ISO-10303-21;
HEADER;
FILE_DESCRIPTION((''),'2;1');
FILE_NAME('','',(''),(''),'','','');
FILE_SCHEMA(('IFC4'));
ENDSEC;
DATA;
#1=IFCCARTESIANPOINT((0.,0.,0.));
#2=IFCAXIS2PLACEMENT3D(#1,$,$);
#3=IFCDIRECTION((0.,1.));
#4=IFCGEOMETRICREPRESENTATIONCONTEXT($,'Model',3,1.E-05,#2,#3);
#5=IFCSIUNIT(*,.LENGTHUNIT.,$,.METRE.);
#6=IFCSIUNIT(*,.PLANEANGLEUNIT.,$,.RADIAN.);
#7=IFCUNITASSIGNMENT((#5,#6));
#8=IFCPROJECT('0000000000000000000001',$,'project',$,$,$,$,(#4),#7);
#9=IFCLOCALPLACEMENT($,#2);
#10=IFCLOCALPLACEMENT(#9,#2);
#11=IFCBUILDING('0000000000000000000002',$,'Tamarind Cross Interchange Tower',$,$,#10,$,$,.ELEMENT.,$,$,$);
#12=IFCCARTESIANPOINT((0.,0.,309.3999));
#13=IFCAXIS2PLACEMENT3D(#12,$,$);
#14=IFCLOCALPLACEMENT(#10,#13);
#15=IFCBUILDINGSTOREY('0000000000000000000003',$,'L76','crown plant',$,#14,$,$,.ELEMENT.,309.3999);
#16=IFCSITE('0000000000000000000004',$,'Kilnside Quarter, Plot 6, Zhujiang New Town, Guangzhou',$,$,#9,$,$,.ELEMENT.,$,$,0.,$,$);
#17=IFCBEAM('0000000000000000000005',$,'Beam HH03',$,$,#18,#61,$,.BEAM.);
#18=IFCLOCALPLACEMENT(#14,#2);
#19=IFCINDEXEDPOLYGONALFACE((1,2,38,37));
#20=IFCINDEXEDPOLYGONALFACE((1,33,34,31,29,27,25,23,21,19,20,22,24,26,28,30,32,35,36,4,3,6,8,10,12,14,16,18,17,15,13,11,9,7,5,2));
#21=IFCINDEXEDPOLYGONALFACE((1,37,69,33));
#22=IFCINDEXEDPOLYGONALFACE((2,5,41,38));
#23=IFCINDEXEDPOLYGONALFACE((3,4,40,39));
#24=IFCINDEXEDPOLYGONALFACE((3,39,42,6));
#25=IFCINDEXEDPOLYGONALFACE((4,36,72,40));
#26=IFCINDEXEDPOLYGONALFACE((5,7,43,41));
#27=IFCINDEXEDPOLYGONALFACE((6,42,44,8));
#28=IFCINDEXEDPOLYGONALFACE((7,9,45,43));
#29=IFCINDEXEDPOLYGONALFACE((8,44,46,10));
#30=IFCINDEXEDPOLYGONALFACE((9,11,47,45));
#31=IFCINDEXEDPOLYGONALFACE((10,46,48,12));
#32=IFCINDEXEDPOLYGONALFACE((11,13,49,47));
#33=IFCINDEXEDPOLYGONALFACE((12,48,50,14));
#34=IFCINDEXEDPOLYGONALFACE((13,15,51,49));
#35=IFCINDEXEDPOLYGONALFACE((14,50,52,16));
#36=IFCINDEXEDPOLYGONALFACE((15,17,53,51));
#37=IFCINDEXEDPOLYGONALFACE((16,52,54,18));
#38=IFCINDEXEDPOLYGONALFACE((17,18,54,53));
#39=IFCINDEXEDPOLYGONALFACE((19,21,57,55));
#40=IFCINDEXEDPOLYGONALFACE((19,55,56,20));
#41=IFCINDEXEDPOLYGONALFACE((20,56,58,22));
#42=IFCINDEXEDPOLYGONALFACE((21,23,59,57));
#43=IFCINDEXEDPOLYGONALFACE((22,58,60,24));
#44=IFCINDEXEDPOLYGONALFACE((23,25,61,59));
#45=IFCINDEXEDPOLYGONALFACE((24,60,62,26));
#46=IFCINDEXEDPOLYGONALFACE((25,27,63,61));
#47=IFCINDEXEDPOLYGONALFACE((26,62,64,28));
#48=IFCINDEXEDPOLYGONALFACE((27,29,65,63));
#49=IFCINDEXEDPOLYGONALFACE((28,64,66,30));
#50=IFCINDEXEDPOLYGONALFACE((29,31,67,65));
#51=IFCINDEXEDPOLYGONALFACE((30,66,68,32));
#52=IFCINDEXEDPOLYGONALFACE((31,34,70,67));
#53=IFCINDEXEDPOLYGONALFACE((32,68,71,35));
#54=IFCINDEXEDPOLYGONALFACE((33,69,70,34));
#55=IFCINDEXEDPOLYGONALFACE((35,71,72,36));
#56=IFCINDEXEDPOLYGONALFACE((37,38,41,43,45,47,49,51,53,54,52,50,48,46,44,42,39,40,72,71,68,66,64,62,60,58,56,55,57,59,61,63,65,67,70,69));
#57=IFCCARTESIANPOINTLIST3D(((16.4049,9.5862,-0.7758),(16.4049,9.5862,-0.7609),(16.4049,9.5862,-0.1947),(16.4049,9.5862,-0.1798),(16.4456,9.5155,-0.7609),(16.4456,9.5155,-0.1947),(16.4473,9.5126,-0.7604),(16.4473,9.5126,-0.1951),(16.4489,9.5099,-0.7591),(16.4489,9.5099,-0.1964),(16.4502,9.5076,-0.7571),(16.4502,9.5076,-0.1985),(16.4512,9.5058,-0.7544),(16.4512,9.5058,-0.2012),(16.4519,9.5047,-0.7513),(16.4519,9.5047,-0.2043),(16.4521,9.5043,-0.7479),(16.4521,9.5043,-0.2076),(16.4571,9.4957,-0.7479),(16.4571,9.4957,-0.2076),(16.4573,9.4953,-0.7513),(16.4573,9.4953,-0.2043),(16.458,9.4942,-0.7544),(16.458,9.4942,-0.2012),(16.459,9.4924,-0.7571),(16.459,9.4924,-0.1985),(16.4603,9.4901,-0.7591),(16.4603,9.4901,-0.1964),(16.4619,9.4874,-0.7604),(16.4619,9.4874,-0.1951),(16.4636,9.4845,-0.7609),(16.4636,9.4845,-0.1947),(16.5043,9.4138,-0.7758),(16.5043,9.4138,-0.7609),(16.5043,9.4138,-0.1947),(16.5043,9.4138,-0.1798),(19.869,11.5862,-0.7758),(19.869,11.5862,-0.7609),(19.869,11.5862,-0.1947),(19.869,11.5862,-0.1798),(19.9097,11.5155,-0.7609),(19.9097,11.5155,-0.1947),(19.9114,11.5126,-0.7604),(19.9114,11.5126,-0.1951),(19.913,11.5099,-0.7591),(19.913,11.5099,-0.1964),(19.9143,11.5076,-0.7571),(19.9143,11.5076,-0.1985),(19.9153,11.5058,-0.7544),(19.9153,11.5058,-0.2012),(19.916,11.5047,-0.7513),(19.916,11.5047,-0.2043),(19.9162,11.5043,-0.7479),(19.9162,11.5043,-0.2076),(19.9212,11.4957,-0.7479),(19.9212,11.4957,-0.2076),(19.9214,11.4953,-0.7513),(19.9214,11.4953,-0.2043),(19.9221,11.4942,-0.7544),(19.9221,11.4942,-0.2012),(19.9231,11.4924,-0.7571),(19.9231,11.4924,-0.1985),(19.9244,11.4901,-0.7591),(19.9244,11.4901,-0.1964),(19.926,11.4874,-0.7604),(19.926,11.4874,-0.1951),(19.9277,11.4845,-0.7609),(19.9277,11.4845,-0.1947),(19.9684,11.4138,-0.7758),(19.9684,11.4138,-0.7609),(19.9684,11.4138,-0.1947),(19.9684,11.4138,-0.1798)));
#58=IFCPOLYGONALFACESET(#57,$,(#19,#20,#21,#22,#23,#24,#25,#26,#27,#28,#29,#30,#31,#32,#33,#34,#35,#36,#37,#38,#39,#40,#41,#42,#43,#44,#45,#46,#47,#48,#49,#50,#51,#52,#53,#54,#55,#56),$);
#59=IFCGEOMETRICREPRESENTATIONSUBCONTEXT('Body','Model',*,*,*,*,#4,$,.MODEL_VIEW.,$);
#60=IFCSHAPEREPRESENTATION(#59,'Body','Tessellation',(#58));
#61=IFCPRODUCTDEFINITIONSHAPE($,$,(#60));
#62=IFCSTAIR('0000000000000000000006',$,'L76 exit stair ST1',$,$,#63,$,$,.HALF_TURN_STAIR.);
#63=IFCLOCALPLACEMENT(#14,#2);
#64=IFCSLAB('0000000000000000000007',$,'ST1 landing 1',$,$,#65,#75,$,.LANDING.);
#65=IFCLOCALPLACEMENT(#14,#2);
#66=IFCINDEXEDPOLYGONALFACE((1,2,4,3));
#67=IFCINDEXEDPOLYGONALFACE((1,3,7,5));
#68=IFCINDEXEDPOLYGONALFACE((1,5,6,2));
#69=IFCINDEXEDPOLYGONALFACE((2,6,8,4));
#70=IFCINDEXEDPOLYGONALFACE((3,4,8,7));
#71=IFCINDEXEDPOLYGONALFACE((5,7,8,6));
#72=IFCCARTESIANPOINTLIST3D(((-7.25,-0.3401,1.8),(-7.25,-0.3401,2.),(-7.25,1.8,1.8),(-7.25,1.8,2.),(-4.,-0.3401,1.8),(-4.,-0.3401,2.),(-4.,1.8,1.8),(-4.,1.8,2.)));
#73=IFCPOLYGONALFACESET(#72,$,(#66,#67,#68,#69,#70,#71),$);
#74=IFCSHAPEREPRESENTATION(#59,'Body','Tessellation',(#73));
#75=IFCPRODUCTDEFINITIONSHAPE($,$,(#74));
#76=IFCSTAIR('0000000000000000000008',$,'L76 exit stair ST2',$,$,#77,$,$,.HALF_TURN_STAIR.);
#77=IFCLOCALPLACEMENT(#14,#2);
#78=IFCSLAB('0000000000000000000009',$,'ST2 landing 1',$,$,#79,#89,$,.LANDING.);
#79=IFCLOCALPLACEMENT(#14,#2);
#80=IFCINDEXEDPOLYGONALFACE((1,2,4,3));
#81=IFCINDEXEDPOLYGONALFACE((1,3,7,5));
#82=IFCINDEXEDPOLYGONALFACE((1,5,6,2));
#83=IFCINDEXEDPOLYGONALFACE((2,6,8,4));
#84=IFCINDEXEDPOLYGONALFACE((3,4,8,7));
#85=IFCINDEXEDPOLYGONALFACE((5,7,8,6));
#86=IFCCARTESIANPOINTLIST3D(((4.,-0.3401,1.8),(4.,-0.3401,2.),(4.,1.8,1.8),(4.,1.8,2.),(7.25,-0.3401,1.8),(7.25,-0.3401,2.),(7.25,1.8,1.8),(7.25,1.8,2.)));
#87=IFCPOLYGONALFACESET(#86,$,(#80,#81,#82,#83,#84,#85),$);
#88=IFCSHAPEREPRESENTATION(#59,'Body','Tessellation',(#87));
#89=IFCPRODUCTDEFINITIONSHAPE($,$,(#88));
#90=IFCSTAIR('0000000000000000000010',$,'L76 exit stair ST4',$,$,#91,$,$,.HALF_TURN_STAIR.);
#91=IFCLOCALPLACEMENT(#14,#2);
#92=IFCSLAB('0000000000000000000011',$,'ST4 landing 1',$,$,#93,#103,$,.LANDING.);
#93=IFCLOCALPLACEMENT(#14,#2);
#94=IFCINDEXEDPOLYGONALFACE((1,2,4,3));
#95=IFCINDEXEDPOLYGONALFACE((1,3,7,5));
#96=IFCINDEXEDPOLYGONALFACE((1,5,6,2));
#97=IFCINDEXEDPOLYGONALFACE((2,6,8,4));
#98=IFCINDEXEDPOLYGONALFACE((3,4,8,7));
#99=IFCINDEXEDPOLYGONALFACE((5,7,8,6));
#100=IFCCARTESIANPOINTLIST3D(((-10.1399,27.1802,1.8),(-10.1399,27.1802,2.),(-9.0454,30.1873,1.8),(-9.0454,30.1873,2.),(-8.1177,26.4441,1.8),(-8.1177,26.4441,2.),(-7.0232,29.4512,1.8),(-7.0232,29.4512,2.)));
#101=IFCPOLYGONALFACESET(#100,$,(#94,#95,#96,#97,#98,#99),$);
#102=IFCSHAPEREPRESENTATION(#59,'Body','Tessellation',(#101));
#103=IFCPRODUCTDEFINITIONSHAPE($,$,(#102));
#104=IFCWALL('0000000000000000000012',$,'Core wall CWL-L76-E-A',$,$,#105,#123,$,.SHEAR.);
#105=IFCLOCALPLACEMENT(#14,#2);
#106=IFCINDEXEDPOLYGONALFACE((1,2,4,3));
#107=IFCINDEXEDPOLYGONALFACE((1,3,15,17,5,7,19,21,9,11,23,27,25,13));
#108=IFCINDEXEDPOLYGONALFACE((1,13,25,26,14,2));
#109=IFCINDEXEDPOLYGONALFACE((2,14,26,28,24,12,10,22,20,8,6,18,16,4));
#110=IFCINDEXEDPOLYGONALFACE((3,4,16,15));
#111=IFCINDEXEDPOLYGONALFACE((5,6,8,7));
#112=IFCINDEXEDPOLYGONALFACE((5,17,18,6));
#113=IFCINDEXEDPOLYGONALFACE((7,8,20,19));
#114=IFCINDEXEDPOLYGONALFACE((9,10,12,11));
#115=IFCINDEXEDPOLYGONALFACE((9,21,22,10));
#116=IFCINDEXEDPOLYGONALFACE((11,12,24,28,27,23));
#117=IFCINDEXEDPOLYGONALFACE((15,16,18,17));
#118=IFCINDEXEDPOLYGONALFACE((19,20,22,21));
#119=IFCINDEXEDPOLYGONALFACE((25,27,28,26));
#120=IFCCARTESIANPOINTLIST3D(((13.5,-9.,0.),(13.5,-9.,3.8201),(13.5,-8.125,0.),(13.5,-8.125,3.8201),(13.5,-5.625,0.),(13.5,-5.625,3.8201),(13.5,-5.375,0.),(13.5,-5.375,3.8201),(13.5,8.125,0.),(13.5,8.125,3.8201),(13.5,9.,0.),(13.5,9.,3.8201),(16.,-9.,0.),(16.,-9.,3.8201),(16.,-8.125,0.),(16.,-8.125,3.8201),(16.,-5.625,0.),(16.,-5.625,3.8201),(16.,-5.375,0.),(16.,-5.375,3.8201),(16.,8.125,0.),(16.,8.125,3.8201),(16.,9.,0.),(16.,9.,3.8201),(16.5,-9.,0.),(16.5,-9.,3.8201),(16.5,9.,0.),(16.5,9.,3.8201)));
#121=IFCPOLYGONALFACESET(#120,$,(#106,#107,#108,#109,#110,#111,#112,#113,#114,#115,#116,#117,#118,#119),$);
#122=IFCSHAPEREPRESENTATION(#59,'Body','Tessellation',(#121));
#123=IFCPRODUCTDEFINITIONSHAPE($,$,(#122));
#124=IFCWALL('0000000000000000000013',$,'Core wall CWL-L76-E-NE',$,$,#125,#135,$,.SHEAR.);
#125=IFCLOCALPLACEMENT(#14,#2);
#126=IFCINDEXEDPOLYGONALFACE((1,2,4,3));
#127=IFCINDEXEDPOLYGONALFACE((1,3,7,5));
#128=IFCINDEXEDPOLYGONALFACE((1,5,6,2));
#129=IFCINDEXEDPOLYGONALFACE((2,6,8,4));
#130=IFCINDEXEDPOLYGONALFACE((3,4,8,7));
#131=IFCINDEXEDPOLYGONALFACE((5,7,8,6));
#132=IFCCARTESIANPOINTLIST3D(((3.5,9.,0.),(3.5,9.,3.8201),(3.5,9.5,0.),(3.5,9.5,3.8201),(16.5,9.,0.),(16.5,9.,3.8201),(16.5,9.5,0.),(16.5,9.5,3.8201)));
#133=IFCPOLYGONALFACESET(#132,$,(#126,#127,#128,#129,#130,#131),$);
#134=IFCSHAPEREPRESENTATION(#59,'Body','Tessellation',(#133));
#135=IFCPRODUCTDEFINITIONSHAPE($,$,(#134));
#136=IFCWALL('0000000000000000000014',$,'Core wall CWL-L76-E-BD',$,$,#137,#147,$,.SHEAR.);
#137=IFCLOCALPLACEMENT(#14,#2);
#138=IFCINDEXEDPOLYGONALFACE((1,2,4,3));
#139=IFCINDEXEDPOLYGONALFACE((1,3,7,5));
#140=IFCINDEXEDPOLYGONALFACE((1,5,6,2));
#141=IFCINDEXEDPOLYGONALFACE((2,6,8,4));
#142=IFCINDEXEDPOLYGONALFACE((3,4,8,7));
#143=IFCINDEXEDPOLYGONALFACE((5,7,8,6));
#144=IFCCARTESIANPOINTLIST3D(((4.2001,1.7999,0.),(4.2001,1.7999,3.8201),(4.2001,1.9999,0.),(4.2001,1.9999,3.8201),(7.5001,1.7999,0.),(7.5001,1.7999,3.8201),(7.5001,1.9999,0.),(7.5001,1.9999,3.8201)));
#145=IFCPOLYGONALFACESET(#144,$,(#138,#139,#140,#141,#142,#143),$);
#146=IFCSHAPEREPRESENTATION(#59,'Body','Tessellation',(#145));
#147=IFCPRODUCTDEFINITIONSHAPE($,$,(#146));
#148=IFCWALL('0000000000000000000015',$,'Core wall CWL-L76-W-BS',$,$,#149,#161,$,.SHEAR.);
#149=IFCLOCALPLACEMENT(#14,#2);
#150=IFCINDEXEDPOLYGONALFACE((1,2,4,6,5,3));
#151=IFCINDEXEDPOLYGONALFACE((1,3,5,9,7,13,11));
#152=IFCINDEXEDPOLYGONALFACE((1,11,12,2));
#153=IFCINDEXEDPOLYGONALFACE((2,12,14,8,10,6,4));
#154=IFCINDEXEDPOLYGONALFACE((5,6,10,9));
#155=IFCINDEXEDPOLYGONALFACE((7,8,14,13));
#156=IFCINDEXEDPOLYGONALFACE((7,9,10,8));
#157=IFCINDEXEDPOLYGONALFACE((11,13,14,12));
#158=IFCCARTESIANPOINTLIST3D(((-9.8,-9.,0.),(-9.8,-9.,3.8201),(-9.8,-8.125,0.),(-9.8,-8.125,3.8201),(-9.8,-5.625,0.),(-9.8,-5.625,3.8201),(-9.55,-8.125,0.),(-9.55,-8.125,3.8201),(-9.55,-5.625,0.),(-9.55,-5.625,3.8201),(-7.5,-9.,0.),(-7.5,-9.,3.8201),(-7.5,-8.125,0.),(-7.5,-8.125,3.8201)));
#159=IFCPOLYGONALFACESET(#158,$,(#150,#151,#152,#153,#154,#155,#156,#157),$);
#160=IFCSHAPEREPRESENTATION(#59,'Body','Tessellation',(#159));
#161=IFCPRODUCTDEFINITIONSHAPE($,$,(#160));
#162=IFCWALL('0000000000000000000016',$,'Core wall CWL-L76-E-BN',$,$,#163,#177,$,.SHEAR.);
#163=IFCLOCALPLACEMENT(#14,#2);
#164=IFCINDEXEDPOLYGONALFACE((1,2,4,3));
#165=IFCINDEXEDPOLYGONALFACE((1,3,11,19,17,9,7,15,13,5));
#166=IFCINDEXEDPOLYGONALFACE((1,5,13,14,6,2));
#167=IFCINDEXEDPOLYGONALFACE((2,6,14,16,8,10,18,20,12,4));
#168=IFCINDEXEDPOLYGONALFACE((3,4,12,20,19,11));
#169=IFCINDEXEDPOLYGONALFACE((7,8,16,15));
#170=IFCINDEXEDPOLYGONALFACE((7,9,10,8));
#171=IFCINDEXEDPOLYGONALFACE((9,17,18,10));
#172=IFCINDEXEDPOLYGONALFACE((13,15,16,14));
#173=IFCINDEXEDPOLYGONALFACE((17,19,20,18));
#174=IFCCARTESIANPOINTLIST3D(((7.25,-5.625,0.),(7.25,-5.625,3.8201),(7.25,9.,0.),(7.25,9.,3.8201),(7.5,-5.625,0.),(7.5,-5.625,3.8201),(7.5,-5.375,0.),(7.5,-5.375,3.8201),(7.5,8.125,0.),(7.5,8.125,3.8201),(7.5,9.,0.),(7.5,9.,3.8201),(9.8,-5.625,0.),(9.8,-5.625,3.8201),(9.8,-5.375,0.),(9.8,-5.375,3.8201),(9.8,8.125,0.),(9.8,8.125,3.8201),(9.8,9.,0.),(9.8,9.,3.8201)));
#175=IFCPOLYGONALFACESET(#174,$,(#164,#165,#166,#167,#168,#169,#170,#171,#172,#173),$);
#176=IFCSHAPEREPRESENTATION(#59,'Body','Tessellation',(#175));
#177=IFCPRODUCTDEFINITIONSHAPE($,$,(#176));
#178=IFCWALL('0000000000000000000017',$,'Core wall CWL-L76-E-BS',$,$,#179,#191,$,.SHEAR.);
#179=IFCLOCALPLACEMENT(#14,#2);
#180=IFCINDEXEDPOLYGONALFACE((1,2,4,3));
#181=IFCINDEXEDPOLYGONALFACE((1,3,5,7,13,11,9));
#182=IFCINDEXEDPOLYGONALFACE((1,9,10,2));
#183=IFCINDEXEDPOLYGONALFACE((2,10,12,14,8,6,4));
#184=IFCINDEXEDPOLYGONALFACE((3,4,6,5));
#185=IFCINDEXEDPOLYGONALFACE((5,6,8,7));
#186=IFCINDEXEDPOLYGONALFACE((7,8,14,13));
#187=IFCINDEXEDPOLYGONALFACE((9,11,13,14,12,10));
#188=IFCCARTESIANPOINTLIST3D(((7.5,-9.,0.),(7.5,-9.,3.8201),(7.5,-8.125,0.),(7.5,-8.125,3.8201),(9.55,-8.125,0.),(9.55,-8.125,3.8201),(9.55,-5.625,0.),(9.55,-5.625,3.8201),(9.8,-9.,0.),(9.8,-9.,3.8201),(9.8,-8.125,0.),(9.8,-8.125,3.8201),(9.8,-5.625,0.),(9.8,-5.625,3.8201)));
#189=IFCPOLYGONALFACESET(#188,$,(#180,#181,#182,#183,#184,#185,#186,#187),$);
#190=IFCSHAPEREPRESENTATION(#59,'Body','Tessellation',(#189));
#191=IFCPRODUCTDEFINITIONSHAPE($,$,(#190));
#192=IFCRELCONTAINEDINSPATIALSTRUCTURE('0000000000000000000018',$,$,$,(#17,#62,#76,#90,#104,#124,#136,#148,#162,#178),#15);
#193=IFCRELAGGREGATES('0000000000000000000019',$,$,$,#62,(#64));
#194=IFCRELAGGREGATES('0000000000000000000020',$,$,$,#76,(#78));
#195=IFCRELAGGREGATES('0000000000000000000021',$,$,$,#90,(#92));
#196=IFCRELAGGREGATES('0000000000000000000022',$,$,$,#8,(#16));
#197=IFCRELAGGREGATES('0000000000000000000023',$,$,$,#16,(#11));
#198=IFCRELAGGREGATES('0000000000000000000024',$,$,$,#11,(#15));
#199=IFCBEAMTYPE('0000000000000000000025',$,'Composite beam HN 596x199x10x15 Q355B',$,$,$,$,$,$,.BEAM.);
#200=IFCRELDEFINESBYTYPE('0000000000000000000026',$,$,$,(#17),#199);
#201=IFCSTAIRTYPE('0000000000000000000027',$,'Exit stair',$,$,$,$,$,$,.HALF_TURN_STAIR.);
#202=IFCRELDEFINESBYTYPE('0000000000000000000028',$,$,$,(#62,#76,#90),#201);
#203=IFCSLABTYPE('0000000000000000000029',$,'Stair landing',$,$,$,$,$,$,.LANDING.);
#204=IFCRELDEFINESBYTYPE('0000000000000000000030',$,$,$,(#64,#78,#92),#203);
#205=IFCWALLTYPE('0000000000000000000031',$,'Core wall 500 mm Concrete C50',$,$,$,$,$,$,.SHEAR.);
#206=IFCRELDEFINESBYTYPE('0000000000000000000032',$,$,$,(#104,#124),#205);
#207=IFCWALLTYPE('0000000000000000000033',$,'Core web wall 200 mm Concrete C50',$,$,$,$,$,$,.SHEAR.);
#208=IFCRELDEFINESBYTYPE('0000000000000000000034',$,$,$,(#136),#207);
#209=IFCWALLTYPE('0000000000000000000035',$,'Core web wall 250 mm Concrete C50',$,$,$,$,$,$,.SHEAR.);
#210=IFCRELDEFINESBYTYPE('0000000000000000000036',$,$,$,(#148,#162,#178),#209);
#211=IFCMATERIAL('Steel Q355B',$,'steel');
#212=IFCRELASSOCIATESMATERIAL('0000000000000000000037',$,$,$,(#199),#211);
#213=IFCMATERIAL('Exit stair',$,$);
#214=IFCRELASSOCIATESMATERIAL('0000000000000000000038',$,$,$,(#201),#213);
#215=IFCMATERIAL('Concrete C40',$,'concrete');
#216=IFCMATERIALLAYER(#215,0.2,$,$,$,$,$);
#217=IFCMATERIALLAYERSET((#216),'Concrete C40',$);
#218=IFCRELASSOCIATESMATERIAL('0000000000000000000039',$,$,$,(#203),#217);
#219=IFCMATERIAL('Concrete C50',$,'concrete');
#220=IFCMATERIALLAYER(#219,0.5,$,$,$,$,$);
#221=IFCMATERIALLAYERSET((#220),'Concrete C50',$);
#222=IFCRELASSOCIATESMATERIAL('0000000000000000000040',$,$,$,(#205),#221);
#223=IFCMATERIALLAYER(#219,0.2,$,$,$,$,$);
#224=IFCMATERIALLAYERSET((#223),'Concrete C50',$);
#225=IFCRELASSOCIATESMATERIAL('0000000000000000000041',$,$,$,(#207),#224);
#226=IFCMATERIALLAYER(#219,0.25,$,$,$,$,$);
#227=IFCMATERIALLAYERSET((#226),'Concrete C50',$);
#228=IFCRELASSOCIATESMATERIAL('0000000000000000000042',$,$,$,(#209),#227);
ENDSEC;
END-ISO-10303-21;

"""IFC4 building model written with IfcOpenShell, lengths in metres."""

from ifc_helpers import new_model, si_unit, direction, frame, frame_2d, origin, origin_2d, place, context, subcontext, project, spatial, polyline, rectangle, i_section, outline, extrude, material, layer, layer_set, material_profile, profile_set, type_object, element, aggregate, save


model = new_model("IFC4")

# Units and contexts
model_context = context("Model", 3, precision=1e-05, world=origin(), true_north=direction((0.0, 1.0)))
body_context = subcontext(model_context, "Body", "Model", "MODEL_VIEW")
ifc_project = project(units=[si_unit("LENGTHUNIT", "METRE"), si_unit("PLANEANGLEUNIT", "RADIAN")], contexts=[model_context])

# Site, building, storey
site_placement = place(None, origin())
site = spatial("IfcSite", under=ifc_project, at=site_placement, Name="Kilnside Quarter, Plot 6, Zhujiang New Town, Guangzhou", CompositionType="ELEMENT", RefElevation=0.0)
building_placement = place(site_placement, origin())
building = spatial("IfcBuilding", under=site, at=building_placement, Name="Tamarind Cross Interchange Tower", CompositionType="ELEMENT")
storey_placement = place(building_placement, frame((0.0, 0.0, 309.3999)))
storey = spatial("IfcBuildingStorey", under=building, at=storey_placement, Name="L76", Description="crown plant", CompositionType="ELEMENT", Elevation=309.3999)

# Beam
ifc_material_1 = material(Name="Steel Q355B", Category="steel")
ifc_material_profile_1 = material_profile(ifc_material_1, i_section(OverallWidth=0.199, OverallDepth=0.5959, WebThickness=0.01, FlangeThickness=0.0149, FilletRadius=0.0129, at=origin_2d()), Name="HN 596x199x10x15")
ifc_profile_set_1 = profile_set([ifc_material_profile_1], Name="Steel Q355B")
beam_type_1 = type_object("IfcBeamType", Name="Composite beam HN 596x199x10x15 Q355B", PredefinedType="BEAM", material=ifc_profile_set_1)
beam_1_placement = place(storey_placement, frame((19.9187, 11.5, -0.4778), z_axis=(-0.866026, -0.499999, 0.0), x_axis=(0.499999, -0.866026, 0.0)))
element("IfcBeam", 1, at=beam_1_placement, inside=storey, type_object=beam_type_1, Name="Beam HH03", PredefinedType="BEAM", context=body_context, shape_type="SweptSolid", body=[
    extrude(i_section(OverallWidth=0.199, OverallDepth=0.5959, WebThickness=0.01, FlangeThickness=0.0149, FilletRadius=0.0129, at=origin_2d()), origin(), (0.0, 0.0, 1.0), 4.0),
])

# Stairs, slabs
ifc_material_2 = material(Name="Exit stair")
stair_type = type_object("IfcStairType", Name="Exit stair", PredefinedType="HALF_TURN_STAIR", material=ifc_material_2)
stair_1_placement = place(storey_placement, origin())
stair_1 = element("IfcStair", 2, at=stair_1_placement, inside=storey, type_object=stair_type, Name="L76 exit stair ST1", PredefinedType="HALF_TURN_STAIR")
ifc_material_3 = material(Name="Concrete C40", Category="concrete")
ifc_layer_1 = layer(ifc_material_3, 0.2)
ifc_layer_set_1 = layer_set([ifc_layer_1], Name="Concrete C40")
slab_type = type_object("IfcSlabType", Name="Stair landing", PredefinedType="LANDING", material=ifc_layer_set_1)
slab_1_placement = place(storey_placement, frame((0.0, 0.0, 1.8)))
slab_1 = element("IfcSlab", 3, at=slab_1_placement, type_object=slab_type, Name="ST1 landing 1", PredefinedType="LANDING", context=body_context, shape_type="SweptSolid", body=[
    extrude(outline(polyline([(-4.0, -0.3401), (-4.0, 1.8), (-7.25, 1.8), (-7.25, -0.3401), (-4.0, -0.3401)])), origin(), (0.0, 0.0, 1.0), 0.2),
])
aggregate(stair_1, [slab_1])
stair_2_placement = place(storey_placement, origin())
stair_2 = element("IfcStair", 4, at=stair_2_placement, inside=storey, type_object=stair_type, Name="L76 exit stair ST2", PredefinedType="HALF_TURN_STAIR")
slab_2_placement = place(storey_placement, frame((0.0, 0.0, 1.8)))
slab_2 = element("IfcSlab", 5, at=slab_2_placement, type_object=slab_type, Name="ST2 landing 1", PredefinedType="LANDING", context=body_context, shape_type="SweptSolid", body=[
    extrude(outline(polyline([(7.25, -0.3401), (7.25, 1.8), (4.0, 1.8), (4.0, -0.3401), (7.25, -0.3401)])), origin(), (0.0, 0.0, 1.0), 0.2),
])
aggregate(stair_2, [slab_2])
stair_3_placement = place(storey_placement, origin())
stair_3 = element("IfcStair", 6, at=stair_3_placement, inside=storey, type_object=stair_type, Name="L76 exit stair ST4", PredefinedType="HALF_TURN_STAIR")
slab_3_placement = place(storey_placement, frame((0.0, 0.0, 1.8)))
slab_3 = element("IfcSlab", 7, at=slab_3_placement, type_object=slab_type, Name="ST4 landing 1", PredefinedType="LANDING", context=body_context, shape_type="SweptSolid", body=[
    extrude(outline(polyline([(-7.0232, 29.4512), (-9.0454, 30.1873), (-10.1399, 27.1802), (-8.1177, 26.4441), (-7.0232, 29.4512)])), origin(), (0.0, 0.0, 1.0), 0.2),
])
aggregate(stair_3, [slab_3])

# Walls
ifc_material_4 = material(Name="Concrete C50", Category="concrete")
ifc_layer_2 = layer(ifc_material_4, 0.5)
ifc_layer_set_2 = layer_set([ifc_layer_2], Name="Concrete C50")
wall_type_1 = type_object("IfcWallType", Name="Core wall 500 mm Concrete C50", PredefinedType="SHEAR", material=ifc_layer_set_2)
wall_1_placement = place(storey_placement, origin())
element("IfcWall", 8, at=wall_1_placement, inside=storey, type_object=wall_type_1, Name="Core wall CWL-L76-E-A", PredefinedType="SHEAR", context=body_context, shape_type="SweptSolid", body=[
    extrude(outline(polyline([(13.5, -8.125), (13.5, -9.0), (16.0, -9.0), (16.5, -9.0), (16.5, 9.0), (16.0, 9.0), (13.5, 9.0), (13.5, 8.125), (16.0, 8.125), (16.0, -5.375), (13.5, -5.375), (13.5, -5.625), (16.0, -5.625), (16.0, -8.125), (13.5, -8.125)])), origin(), (0.0, 0.0, 1.0), 3.8201),
])
wall_2_placement = place(storey_placement, frame((16.5, 9.25, 0.0), z_axis=(0.0, 0.0, 1.0), x_axis=(-1.0, 0.0, 0.0)))
element("IfcWall", 9, at=wall_2_placement, inside=storey, type_object=wall_type_1, Name="Core wall CWL-L76-E-NE", PredefinedType="SHEAR", context=body_context, shape_type="SweptSolid", body=[
    extrude(rectangle(XDim=13.0, YDim=0.5, at=frame_2d((6.5, 0.0))), origin(), (0.0, 0.0, 1.0), 3.8201),
])
ifc_layer_3 = layer(ifc_material_4, 0.2)
ifc_layer_set_3 = layer_set([ifc_layer_3], Name="Concrete C50")
wall_type_2 = type_object("IfcWallType", Name="Core web wall 200 mm Concrete C50", PredefinedType="SHEAR", material=ifc_layer_set_3)
wall_3_placement = place(storey_placement, frame((7.5, 1.8999, 0.0), z_axis=(0.0, 0.0, 1.0), x_axis=(-1.0, 0.0, 0.0)))
element("IfcWall", 10, at=wall_3_placement, inside=storey, type_object=wall_type_2, Name="Core wall CWL-L76-E-BD", PredefinedType="SHEAR", context=body_context, shape_type="SweptSolid", body=[
    extrude(rectangle(XDim=3.3, YDim=0.2, at=frame_2d((1.6499, 0.0))), origin(), (0.0, 0.0, 1.0), 3.8201),
])
ifc_layer_4 = layer(ifc_material_4, 0.25)
ifc_layer_set_4 = layer_set([ifc_layer_4], Name="Concrete C50")
wall_type_3 = type_object("IfcWallType", Name="Core web wall 250 mm Concrete C50", PredefinedType="SHEAR", material=ifc_layer_set_4)
wall_4_placement = place(storey_placement, origin())
element("IfcWall", 11, at=wall_4_placement, inside=storey, type_object=wall_type_3, Name="Core wall CWL-L76-W-BS", PredefinedType="SHEAR", context=body_context, shape_type="SweptSolid", body=[
    extrude(outline(polyline([(-7.5, -8.125), (-9.55, -8.125), (-9.55, -5.625), (-9.8, -5.625), (-9.8, -8.125), (-9.8, -9.0), (-7.5, -9.0), (-7.5, -8.125)])), origin(), (0.0, 0.0, 1.0), 3.8201),
])
wall_5_placement = place(storey_placement, origin())
element("IfcWall", 12, at=wall_5_placement, inside=storey, type_object=wall_type_3, Name="Core wall CWL-L76-E-BN", PredefinedType="SHEAR", context=body_context, shape_type="SweptSolid", body=[
    extrude(outline(polyline([(9.8, -5.625), (9.8, -5.375), (7.5, -5.375), (7.5, 8.125), (9.8, 8.125), (9.8, 9.0), (7.5, 9.0), (7.25, 9.0), (7.25, -5.625), (7.5, -5.625), (9.8, -5.625)])), origin(), (0.0, 0.0, 1.0), 3.8201),
])
wall_6_placement = place(storey_placement, origin())
element("IfcWall", 13, at=wall_6_placement, inside=storey, type_object=wall_type_3, Name="Core wall CWL-L76-E-BS", PredefinedType="SHEAR", context=body_context, shape_type="SweptSolid", body=[
    extrude(outline(polyline([(7.5, -8.125), (7.5, -9.0), (9.8, -9.0), (9.8, -8.125), (9.8, -5.625), (9.55, -5.625), (9.55, -8.125), (7.5, -8.125)])), origin(), (0.0, 0.0, 1.0), 3.8201),
])

save(model, "model.ifc")
